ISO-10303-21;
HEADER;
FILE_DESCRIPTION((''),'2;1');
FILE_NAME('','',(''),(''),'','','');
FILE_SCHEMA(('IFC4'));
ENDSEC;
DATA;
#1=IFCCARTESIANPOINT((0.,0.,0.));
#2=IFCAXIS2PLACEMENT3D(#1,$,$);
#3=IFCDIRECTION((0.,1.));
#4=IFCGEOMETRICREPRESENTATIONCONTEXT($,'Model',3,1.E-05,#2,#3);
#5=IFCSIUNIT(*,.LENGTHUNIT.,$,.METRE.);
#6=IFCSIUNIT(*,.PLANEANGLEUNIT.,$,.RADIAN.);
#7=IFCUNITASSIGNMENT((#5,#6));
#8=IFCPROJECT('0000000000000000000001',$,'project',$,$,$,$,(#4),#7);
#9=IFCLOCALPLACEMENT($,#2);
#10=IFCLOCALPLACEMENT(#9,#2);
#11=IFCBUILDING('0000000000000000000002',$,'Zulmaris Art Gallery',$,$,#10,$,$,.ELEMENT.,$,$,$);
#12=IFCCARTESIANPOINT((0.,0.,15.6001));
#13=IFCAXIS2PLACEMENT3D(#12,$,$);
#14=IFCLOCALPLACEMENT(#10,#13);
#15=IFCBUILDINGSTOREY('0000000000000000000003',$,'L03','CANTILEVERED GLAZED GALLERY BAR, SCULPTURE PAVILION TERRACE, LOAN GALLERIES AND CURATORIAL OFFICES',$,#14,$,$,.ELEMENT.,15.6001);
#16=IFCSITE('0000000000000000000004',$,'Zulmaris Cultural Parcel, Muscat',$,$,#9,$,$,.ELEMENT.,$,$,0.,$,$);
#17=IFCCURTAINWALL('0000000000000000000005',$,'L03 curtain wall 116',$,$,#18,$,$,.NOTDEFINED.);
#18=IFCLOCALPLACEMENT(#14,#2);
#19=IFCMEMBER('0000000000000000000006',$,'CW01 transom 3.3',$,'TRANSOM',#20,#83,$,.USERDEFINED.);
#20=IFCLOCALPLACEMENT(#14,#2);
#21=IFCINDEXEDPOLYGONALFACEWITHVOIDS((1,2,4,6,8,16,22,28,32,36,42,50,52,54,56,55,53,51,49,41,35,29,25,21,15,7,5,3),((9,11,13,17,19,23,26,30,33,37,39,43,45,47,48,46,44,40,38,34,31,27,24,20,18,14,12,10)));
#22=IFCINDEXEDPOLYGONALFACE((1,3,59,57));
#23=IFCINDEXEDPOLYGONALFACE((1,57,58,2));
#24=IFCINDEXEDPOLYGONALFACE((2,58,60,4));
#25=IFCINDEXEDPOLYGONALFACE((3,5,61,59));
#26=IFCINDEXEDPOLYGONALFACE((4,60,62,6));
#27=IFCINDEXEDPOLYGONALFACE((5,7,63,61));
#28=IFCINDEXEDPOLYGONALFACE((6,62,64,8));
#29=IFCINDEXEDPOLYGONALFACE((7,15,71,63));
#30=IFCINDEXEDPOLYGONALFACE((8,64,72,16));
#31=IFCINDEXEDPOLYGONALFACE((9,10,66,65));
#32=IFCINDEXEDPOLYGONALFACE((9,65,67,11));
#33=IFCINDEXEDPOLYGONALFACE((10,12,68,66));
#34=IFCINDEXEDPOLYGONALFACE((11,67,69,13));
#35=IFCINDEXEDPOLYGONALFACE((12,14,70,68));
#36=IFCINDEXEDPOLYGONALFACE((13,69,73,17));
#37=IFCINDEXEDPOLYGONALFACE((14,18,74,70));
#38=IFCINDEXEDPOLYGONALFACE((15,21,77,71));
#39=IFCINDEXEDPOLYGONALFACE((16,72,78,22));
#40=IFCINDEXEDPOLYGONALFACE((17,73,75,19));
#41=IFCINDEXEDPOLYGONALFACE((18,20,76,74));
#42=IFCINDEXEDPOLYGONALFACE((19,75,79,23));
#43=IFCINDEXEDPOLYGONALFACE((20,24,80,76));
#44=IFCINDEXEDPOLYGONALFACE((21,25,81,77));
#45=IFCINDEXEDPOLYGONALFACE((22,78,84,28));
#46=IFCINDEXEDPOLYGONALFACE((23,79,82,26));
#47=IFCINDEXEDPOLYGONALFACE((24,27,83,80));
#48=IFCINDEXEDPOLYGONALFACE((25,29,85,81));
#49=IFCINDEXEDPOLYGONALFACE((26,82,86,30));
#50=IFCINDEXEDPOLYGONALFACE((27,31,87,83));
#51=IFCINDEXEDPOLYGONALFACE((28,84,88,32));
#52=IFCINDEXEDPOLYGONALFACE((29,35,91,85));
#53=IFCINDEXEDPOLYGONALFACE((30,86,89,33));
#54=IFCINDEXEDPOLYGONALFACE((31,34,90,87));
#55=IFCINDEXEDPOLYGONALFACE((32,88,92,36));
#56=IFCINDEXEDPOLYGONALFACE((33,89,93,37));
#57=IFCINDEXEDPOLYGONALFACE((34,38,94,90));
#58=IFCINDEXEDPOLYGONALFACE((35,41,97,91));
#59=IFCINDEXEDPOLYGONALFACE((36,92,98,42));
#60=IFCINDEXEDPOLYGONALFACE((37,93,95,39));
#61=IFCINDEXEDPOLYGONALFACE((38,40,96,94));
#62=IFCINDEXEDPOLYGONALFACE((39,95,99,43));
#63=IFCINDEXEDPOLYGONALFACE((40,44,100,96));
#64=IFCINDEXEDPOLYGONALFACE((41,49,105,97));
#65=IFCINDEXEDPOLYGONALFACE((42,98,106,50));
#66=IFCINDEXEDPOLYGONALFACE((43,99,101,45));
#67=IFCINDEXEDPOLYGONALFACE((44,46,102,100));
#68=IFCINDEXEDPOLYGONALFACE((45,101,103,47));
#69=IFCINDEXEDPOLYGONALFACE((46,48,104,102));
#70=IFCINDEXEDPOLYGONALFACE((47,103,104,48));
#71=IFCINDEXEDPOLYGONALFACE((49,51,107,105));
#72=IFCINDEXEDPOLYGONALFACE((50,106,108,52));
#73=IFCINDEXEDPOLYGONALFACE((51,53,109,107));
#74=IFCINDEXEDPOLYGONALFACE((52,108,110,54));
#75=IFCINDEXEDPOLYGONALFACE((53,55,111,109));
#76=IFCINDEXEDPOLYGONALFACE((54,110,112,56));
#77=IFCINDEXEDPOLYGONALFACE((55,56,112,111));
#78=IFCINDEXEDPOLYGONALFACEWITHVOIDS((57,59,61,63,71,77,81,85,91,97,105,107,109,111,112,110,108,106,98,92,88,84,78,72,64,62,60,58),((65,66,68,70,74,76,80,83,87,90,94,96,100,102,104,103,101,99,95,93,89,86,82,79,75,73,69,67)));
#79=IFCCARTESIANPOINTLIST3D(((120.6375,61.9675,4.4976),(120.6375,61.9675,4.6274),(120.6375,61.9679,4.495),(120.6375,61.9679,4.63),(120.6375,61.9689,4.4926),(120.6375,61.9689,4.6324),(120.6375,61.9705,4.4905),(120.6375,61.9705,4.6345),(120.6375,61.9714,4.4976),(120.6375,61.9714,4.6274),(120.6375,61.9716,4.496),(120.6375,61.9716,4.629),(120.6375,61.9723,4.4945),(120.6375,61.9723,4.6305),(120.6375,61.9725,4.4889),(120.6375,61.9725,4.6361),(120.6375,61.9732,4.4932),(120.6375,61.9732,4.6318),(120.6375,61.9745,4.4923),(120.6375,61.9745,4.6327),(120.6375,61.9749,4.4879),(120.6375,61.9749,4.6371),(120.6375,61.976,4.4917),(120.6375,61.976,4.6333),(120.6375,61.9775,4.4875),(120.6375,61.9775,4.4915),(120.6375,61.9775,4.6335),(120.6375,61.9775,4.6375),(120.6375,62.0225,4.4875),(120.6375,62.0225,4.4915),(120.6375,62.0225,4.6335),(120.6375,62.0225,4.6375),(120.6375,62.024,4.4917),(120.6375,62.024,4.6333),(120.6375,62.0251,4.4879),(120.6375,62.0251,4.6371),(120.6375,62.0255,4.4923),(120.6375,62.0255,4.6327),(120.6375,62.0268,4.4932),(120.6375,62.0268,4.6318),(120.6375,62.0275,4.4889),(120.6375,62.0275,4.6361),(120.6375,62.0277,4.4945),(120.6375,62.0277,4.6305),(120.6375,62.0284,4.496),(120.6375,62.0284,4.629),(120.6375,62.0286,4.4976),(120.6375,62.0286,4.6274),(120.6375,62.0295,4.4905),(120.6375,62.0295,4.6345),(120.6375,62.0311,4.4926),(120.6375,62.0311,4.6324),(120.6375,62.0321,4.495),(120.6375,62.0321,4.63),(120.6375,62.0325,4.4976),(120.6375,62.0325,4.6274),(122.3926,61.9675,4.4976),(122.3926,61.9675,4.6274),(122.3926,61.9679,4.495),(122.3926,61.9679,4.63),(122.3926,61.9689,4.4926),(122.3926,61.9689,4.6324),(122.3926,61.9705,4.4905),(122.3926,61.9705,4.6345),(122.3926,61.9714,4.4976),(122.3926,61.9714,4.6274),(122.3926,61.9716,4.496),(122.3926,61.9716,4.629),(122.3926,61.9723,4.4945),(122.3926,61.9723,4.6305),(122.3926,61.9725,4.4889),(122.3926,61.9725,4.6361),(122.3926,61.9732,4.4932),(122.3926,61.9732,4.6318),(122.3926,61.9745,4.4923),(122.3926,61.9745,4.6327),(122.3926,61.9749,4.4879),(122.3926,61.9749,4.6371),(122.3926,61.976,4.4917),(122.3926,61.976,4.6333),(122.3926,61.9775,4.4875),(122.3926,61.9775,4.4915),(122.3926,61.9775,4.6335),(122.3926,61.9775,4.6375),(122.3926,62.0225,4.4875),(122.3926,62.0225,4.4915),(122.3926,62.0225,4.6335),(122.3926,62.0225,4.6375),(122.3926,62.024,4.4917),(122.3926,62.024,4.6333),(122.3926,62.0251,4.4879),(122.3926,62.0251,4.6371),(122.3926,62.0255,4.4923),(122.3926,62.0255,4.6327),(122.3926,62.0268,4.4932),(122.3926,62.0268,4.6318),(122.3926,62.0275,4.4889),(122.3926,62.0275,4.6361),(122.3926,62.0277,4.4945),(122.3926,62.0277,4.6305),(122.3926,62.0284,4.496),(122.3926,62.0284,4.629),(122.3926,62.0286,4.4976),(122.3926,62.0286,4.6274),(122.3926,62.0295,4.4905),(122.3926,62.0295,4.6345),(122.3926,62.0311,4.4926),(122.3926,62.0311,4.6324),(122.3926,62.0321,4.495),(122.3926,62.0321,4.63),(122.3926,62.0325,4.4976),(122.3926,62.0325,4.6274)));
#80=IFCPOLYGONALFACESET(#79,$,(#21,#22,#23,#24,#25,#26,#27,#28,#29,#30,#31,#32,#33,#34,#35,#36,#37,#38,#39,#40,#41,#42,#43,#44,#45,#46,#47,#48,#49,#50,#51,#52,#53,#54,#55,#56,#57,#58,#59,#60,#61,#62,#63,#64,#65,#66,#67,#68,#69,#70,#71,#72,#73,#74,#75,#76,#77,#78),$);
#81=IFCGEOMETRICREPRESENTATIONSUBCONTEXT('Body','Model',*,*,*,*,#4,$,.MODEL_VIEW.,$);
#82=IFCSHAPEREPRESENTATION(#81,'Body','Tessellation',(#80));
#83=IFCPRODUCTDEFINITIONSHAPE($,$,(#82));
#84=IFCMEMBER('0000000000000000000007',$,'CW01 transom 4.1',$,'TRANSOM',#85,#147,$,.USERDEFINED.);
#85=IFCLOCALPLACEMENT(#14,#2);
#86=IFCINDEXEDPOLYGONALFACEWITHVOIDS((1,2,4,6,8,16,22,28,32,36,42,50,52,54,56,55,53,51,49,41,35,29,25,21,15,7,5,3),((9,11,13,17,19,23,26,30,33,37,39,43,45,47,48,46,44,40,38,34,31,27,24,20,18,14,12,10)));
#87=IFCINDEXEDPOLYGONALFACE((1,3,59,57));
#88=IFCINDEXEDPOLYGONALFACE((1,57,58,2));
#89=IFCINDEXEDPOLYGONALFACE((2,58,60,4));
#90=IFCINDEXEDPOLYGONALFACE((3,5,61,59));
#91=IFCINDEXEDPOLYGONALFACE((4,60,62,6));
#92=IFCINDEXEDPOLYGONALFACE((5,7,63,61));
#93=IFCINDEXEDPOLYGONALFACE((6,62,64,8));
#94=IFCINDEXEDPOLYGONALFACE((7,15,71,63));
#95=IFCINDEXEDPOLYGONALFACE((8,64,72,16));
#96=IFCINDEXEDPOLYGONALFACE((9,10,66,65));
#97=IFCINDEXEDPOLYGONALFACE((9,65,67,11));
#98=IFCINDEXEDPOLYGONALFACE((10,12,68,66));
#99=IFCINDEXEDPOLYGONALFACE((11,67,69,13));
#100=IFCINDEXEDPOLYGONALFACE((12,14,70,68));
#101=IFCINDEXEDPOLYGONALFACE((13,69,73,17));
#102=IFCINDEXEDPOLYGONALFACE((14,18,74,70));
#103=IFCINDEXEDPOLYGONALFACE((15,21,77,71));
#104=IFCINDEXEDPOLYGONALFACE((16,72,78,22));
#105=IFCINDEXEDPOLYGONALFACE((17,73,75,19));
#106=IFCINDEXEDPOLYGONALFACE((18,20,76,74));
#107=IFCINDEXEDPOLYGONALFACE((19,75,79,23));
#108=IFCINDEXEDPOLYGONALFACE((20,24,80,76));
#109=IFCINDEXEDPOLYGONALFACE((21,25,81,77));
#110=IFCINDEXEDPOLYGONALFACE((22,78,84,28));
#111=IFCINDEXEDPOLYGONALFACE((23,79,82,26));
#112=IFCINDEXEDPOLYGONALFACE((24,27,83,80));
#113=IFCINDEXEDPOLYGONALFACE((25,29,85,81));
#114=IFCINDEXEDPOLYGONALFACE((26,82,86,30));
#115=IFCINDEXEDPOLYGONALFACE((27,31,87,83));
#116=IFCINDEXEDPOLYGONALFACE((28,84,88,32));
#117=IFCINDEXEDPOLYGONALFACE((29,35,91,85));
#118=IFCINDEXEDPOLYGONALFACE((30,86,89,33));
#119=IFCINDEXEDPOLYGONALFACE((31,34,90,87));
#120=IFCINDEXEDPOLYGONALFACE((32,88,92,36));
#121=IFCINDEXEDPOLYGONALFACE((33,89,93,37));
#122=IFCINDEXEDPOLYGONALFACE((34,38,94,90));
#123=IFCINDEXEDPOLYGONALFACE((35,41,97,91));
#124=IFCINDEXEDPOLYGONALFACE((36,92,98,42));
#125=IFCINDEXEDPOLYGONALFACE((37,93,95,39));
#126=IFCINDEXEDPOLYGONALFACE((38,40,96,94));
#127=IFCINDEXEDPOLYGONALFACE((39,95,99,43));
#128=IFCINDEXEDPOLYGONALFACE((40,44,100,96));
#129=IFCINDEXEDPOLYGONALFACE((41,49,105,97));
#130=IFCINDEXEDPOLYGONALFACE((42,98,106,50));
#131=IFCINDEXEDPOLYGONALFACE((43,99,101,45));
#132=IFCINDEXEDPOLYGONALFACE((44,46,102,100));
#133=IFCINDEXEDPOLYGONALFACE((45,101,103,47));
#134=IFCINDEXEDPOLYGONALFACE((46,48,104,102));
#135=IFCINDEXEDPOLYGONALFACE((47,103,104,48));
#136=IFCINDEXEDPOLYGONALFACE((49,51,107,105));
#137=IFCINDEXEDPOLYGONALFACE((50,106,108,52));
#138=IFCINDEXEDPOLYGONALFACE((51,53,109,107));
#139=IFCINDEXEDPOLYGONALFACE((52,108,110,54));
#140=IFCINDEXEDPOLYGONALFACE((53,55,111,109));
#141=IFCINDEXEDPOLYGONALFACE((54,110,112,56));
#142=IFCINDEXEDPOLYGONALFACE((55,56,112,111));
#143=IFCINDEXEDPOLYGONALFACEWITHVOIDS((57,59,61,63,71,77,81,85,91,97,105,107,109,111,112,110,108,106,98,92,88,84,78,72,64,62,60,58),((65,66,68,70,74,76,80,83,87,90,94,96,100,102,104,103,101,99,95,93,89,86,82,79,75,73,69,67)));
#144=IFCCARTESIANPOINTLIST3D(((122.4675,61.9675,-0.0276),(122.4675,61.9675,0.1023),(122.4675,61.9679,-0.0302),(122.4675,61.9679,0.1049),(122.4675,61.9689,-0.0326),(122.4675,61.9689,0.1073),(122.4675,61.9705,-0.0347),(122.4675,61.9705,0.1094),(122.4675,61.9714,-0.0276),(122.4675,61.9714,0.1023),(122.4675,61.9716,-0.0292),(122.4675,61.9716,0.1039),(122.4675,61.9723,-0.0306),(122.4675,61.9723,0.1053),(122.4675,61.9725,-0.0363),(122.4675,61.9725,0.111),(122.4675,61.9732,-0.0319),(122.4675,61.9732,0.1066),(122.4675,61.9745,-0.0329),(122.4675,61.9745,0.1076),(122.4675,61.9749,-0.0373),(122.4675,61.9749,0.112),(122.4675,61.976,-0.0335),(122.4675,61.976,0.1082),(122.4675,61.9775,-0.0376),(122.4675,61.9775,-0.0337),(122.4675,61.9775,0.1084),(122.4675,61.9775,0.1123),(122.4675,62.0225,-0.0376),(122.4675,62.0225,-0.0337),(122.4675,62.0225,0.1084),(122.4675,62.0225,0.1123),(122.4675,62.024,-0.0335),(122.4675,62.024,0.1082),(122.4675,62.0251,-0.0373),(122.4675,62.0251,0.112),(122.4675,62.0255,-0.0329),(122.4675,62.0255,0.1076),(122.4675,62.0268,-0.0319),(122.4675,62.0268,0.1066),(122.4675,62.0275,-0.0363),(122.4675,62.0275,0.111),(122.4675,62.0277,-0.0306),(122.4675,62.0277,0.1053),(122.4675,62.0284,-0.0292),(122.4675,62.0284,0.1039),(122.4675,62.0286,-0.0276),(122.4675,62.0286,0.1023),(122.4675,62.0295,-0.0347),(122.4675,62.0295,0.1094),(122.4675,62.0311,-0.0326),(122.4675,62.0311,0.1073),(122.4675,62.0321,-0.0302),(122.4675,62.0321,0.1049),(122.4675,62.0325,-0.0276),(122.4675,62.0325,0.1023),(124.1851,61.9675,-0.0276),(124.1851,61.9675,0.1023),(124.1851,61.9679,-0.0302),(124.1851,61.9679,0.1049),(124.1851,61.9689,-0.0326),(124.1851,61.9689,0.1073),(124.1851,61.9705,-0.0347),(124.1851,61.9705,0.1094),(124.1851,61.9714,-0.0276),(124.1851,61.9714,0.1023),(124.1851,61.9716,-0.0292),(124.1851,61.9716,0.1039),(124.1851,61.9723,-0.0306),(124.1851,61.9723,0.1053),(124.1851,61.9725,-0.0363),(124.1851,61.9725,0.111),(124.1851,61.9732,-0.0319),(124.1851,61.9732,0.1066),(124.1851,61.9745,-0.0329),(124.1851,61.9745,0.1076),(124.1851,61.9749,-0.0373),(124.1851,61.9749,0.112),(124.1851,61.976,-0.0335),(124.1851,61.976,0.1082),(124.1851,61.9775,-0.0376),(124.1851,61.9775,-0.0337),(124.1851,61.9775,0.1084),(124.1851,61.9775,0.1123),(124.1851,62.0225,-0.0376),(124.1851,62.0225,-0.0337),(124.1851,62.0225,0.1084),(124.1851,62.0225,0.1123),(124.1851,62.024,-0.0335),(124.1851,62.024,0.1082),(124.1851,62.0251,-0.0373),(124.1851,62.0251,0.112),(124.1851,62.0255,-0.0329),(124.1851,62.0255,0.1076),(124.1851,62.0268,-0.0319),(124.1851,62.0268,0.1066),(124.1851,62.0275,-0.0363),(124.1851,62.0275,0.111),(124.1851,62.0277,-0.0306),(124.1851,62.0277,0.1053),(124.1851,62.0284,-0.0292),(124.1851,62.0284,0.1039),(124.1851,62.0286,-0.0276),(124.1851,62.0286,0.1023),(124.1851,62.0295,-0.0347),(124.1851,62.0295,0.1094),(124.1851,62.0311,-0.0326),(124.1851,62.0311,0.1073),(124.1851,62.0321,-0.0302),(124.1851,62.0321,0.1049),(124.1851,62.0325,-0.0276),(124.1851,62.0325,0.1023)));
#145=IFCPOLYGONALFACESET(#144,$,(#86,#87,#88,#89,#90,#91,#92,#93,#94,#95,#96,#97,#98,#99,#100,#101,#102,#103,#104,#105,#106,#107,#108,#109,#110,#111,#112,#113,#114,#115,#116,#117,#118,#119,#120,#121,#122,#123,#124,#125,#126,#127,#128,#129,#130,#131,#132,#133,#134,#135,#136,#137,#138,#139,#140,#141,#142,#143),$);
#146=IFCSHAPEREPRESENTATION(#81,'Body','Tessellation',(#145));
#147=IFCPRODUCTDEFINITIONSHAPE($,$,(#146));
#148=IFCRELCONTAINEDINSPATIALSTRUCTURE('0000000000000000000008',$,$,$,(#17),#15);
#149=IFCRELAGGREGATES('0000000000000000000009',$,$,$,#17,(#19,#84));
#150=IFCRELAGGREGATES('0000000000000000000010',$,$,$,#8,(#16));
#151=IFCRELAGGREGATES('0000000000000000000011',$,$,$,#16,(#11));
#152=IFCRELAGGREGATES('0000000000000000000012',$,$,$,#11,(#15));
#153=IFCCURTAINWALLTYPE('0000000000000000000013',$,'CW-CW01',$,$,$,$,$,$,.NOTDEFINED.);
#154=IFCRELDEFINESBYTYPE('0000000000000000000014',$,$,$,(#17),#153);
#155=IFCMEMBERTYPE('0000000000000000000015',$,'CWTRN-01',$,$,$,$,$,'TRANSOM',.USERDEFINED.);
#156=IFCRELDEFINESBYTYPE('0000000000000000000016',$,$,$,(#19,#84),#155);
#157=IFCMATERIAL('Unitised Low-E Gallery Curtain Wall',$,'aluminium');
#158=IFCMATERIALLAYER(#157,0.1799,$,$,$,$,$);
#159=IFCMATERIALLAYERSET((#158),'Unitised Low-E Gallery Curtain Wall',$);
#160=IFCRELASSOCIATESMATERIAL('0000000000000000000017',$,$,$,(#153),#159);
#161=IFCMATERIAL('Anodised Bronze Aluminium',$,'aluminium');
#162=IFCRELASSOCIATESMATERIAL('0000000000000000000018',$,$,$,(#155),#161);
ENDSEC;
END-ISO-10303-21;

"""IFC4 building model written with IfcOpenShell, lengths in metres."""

from ifc_helpers import new_model, si_unit, direction, frame, origin, origin_2d, place, context, subcontext, project, spatial, hollow_rectangle, extrude, material, layer, layer_set, material_profile, profile_set, type_object, element, aggregate, save


model = new_model("IFC4")

# Units and contexts
model_context = context("Model", 3, precision=1e-05, world=origin(), true_north=direction((0.0, 1.0)))
body_context = subcontext(model_context, "Body", "Model", "MODEL_VIEW")
ifc_project = project(units=[si_unit("LENGTHUNIT", "METRE"), si_unit("PLANEANGLEUNIT", "RADIAN")], contexts=[model_context])

# Site, building, storey
site_placement = place(None, origin())
site = spatial("IfcSite", under=ifc_project, at=site_placement, Name="Zulmaris Cultural Parcel, Muscat", CompositionType="ELEMENT", RefElevation=0.0)
building_placement = place(site_placement, origin())
building = spatial("IfcBuilding", under=site, at=building_placement, Name="Zulmaris Art Gallery", CompositionType="ELEMENT")
storey_placement = place(building_placement, frame((0.0, 0.0, 15.6001)))
storey = spatial("IfcBuildingStorey", under=building, at=storey_placement, Name="L03", Description="CANTILEVERED GLAZED GALLERY BAR, SCULPTURE PAVILION TERRACE, LOAN GALLERIES AND CURATORIAL OFFICES", CompositionType="ELEMENT", Elevation=15.6001)

# Curtain wall
ifc_material_1 = material(Name="Unitised Low-E Gallery Curtain Wall", Category="aluminium")
ifc_layer_1 = layer(ifc_material_1, 0.1799)
ifc_layer_set_1 = layer_set([ifc_layer_1], Name="Unitised Low-E Gallery Curtain Wall")
curtain_wall_type = type_object("IfcCurtainWallType", Name="CW-CW01", PredefinedType="NOTDEFINED", material=ifc_layer_set_1)
curtain_wall_1_placement = place(storey_placement, origin())
curtain_wall_1 = element("IfcCurtainWall", 1, at=curtain_wall_1_placement, inside=storey, type_object=curtain_wall_type, Name="L03 curtain wall 116", PredefinedType="NOTDEFINED")
ifc_material_2 = material(Name="Anodised Bronze Aluminium", Category="aluminium")

# Members
ifc_material_profile_1 = material_profile(ifc_material_2, hollow_rectangle(XDim=0.0649, YDim=0.1499, WallThickness=0.0039, InnerFilletRadius=0.0061, OuterFilletRadius=0.01, at=origin_2d()), Name="ALU 65x150x4")
ifc_profile_set_1 = profile_set([ifc_material_profile_1], Name="Anodised Bronze Aluminium")
member_type_1 = type_object("IfcMemberType", Name="CWTRN-01", ElementType="TRANSOM", PredefinedType="USERDEFINED", material=ifc_profile_set_1)
member_1_placement = place(storey_placement, frame((120.6375, 62.0, 4.5625), z_axis=(1.0, 0.0, 0.0), x_axis=(0.0, 1.0, 0.0)))
member_1 = element("IfcMember", 2, at=member_1_placement, type_object=member_type_1, Name="CW01 transom 3.3", ObjectType="TRANSOM", PredefinedType="USERDEFINED", context=body_context, shape_type="SweptSolid", body=[
    extrude(hollow_rectangle(XDim=0.0649, YDim=0.1499, WallThickness=0.0039, InnerFilletRadius=0.0061, OuterFilletRadius=0.01, at=origin_2d()), origin(), (0.0, 0.0, 1.0), 1.7551),
])
member_2_placement = place(storey_placement, frame((122.4675, 62.0, 0.0374), z_axis=(1.0, 0.0, 0.0), x_axis=(0.0, 1.0, 0.0)))
member_2 = element("IfcMember", 3, at=member_2_placement, type_object=member_type_1, Name="CW01 transom 4.1", ObjectType="TRANSOM", PredefinedType="USERDEFINED", context=body_context, shape_type="SweptSolid", body=[
    extrude(hollow_rectangle(XDim=0.0649, YDim=0.1499, WallThickness=0.0039, InnerFilletRadius=0.0061, OuterFilletRadius=0.01, at=origin_2d()), origin(), (0.0, 0.0, 1.0), 1.7175),
])

aggregate(curtain_wall_1, [member_1, member_2])

save(model, "model.ifc")
